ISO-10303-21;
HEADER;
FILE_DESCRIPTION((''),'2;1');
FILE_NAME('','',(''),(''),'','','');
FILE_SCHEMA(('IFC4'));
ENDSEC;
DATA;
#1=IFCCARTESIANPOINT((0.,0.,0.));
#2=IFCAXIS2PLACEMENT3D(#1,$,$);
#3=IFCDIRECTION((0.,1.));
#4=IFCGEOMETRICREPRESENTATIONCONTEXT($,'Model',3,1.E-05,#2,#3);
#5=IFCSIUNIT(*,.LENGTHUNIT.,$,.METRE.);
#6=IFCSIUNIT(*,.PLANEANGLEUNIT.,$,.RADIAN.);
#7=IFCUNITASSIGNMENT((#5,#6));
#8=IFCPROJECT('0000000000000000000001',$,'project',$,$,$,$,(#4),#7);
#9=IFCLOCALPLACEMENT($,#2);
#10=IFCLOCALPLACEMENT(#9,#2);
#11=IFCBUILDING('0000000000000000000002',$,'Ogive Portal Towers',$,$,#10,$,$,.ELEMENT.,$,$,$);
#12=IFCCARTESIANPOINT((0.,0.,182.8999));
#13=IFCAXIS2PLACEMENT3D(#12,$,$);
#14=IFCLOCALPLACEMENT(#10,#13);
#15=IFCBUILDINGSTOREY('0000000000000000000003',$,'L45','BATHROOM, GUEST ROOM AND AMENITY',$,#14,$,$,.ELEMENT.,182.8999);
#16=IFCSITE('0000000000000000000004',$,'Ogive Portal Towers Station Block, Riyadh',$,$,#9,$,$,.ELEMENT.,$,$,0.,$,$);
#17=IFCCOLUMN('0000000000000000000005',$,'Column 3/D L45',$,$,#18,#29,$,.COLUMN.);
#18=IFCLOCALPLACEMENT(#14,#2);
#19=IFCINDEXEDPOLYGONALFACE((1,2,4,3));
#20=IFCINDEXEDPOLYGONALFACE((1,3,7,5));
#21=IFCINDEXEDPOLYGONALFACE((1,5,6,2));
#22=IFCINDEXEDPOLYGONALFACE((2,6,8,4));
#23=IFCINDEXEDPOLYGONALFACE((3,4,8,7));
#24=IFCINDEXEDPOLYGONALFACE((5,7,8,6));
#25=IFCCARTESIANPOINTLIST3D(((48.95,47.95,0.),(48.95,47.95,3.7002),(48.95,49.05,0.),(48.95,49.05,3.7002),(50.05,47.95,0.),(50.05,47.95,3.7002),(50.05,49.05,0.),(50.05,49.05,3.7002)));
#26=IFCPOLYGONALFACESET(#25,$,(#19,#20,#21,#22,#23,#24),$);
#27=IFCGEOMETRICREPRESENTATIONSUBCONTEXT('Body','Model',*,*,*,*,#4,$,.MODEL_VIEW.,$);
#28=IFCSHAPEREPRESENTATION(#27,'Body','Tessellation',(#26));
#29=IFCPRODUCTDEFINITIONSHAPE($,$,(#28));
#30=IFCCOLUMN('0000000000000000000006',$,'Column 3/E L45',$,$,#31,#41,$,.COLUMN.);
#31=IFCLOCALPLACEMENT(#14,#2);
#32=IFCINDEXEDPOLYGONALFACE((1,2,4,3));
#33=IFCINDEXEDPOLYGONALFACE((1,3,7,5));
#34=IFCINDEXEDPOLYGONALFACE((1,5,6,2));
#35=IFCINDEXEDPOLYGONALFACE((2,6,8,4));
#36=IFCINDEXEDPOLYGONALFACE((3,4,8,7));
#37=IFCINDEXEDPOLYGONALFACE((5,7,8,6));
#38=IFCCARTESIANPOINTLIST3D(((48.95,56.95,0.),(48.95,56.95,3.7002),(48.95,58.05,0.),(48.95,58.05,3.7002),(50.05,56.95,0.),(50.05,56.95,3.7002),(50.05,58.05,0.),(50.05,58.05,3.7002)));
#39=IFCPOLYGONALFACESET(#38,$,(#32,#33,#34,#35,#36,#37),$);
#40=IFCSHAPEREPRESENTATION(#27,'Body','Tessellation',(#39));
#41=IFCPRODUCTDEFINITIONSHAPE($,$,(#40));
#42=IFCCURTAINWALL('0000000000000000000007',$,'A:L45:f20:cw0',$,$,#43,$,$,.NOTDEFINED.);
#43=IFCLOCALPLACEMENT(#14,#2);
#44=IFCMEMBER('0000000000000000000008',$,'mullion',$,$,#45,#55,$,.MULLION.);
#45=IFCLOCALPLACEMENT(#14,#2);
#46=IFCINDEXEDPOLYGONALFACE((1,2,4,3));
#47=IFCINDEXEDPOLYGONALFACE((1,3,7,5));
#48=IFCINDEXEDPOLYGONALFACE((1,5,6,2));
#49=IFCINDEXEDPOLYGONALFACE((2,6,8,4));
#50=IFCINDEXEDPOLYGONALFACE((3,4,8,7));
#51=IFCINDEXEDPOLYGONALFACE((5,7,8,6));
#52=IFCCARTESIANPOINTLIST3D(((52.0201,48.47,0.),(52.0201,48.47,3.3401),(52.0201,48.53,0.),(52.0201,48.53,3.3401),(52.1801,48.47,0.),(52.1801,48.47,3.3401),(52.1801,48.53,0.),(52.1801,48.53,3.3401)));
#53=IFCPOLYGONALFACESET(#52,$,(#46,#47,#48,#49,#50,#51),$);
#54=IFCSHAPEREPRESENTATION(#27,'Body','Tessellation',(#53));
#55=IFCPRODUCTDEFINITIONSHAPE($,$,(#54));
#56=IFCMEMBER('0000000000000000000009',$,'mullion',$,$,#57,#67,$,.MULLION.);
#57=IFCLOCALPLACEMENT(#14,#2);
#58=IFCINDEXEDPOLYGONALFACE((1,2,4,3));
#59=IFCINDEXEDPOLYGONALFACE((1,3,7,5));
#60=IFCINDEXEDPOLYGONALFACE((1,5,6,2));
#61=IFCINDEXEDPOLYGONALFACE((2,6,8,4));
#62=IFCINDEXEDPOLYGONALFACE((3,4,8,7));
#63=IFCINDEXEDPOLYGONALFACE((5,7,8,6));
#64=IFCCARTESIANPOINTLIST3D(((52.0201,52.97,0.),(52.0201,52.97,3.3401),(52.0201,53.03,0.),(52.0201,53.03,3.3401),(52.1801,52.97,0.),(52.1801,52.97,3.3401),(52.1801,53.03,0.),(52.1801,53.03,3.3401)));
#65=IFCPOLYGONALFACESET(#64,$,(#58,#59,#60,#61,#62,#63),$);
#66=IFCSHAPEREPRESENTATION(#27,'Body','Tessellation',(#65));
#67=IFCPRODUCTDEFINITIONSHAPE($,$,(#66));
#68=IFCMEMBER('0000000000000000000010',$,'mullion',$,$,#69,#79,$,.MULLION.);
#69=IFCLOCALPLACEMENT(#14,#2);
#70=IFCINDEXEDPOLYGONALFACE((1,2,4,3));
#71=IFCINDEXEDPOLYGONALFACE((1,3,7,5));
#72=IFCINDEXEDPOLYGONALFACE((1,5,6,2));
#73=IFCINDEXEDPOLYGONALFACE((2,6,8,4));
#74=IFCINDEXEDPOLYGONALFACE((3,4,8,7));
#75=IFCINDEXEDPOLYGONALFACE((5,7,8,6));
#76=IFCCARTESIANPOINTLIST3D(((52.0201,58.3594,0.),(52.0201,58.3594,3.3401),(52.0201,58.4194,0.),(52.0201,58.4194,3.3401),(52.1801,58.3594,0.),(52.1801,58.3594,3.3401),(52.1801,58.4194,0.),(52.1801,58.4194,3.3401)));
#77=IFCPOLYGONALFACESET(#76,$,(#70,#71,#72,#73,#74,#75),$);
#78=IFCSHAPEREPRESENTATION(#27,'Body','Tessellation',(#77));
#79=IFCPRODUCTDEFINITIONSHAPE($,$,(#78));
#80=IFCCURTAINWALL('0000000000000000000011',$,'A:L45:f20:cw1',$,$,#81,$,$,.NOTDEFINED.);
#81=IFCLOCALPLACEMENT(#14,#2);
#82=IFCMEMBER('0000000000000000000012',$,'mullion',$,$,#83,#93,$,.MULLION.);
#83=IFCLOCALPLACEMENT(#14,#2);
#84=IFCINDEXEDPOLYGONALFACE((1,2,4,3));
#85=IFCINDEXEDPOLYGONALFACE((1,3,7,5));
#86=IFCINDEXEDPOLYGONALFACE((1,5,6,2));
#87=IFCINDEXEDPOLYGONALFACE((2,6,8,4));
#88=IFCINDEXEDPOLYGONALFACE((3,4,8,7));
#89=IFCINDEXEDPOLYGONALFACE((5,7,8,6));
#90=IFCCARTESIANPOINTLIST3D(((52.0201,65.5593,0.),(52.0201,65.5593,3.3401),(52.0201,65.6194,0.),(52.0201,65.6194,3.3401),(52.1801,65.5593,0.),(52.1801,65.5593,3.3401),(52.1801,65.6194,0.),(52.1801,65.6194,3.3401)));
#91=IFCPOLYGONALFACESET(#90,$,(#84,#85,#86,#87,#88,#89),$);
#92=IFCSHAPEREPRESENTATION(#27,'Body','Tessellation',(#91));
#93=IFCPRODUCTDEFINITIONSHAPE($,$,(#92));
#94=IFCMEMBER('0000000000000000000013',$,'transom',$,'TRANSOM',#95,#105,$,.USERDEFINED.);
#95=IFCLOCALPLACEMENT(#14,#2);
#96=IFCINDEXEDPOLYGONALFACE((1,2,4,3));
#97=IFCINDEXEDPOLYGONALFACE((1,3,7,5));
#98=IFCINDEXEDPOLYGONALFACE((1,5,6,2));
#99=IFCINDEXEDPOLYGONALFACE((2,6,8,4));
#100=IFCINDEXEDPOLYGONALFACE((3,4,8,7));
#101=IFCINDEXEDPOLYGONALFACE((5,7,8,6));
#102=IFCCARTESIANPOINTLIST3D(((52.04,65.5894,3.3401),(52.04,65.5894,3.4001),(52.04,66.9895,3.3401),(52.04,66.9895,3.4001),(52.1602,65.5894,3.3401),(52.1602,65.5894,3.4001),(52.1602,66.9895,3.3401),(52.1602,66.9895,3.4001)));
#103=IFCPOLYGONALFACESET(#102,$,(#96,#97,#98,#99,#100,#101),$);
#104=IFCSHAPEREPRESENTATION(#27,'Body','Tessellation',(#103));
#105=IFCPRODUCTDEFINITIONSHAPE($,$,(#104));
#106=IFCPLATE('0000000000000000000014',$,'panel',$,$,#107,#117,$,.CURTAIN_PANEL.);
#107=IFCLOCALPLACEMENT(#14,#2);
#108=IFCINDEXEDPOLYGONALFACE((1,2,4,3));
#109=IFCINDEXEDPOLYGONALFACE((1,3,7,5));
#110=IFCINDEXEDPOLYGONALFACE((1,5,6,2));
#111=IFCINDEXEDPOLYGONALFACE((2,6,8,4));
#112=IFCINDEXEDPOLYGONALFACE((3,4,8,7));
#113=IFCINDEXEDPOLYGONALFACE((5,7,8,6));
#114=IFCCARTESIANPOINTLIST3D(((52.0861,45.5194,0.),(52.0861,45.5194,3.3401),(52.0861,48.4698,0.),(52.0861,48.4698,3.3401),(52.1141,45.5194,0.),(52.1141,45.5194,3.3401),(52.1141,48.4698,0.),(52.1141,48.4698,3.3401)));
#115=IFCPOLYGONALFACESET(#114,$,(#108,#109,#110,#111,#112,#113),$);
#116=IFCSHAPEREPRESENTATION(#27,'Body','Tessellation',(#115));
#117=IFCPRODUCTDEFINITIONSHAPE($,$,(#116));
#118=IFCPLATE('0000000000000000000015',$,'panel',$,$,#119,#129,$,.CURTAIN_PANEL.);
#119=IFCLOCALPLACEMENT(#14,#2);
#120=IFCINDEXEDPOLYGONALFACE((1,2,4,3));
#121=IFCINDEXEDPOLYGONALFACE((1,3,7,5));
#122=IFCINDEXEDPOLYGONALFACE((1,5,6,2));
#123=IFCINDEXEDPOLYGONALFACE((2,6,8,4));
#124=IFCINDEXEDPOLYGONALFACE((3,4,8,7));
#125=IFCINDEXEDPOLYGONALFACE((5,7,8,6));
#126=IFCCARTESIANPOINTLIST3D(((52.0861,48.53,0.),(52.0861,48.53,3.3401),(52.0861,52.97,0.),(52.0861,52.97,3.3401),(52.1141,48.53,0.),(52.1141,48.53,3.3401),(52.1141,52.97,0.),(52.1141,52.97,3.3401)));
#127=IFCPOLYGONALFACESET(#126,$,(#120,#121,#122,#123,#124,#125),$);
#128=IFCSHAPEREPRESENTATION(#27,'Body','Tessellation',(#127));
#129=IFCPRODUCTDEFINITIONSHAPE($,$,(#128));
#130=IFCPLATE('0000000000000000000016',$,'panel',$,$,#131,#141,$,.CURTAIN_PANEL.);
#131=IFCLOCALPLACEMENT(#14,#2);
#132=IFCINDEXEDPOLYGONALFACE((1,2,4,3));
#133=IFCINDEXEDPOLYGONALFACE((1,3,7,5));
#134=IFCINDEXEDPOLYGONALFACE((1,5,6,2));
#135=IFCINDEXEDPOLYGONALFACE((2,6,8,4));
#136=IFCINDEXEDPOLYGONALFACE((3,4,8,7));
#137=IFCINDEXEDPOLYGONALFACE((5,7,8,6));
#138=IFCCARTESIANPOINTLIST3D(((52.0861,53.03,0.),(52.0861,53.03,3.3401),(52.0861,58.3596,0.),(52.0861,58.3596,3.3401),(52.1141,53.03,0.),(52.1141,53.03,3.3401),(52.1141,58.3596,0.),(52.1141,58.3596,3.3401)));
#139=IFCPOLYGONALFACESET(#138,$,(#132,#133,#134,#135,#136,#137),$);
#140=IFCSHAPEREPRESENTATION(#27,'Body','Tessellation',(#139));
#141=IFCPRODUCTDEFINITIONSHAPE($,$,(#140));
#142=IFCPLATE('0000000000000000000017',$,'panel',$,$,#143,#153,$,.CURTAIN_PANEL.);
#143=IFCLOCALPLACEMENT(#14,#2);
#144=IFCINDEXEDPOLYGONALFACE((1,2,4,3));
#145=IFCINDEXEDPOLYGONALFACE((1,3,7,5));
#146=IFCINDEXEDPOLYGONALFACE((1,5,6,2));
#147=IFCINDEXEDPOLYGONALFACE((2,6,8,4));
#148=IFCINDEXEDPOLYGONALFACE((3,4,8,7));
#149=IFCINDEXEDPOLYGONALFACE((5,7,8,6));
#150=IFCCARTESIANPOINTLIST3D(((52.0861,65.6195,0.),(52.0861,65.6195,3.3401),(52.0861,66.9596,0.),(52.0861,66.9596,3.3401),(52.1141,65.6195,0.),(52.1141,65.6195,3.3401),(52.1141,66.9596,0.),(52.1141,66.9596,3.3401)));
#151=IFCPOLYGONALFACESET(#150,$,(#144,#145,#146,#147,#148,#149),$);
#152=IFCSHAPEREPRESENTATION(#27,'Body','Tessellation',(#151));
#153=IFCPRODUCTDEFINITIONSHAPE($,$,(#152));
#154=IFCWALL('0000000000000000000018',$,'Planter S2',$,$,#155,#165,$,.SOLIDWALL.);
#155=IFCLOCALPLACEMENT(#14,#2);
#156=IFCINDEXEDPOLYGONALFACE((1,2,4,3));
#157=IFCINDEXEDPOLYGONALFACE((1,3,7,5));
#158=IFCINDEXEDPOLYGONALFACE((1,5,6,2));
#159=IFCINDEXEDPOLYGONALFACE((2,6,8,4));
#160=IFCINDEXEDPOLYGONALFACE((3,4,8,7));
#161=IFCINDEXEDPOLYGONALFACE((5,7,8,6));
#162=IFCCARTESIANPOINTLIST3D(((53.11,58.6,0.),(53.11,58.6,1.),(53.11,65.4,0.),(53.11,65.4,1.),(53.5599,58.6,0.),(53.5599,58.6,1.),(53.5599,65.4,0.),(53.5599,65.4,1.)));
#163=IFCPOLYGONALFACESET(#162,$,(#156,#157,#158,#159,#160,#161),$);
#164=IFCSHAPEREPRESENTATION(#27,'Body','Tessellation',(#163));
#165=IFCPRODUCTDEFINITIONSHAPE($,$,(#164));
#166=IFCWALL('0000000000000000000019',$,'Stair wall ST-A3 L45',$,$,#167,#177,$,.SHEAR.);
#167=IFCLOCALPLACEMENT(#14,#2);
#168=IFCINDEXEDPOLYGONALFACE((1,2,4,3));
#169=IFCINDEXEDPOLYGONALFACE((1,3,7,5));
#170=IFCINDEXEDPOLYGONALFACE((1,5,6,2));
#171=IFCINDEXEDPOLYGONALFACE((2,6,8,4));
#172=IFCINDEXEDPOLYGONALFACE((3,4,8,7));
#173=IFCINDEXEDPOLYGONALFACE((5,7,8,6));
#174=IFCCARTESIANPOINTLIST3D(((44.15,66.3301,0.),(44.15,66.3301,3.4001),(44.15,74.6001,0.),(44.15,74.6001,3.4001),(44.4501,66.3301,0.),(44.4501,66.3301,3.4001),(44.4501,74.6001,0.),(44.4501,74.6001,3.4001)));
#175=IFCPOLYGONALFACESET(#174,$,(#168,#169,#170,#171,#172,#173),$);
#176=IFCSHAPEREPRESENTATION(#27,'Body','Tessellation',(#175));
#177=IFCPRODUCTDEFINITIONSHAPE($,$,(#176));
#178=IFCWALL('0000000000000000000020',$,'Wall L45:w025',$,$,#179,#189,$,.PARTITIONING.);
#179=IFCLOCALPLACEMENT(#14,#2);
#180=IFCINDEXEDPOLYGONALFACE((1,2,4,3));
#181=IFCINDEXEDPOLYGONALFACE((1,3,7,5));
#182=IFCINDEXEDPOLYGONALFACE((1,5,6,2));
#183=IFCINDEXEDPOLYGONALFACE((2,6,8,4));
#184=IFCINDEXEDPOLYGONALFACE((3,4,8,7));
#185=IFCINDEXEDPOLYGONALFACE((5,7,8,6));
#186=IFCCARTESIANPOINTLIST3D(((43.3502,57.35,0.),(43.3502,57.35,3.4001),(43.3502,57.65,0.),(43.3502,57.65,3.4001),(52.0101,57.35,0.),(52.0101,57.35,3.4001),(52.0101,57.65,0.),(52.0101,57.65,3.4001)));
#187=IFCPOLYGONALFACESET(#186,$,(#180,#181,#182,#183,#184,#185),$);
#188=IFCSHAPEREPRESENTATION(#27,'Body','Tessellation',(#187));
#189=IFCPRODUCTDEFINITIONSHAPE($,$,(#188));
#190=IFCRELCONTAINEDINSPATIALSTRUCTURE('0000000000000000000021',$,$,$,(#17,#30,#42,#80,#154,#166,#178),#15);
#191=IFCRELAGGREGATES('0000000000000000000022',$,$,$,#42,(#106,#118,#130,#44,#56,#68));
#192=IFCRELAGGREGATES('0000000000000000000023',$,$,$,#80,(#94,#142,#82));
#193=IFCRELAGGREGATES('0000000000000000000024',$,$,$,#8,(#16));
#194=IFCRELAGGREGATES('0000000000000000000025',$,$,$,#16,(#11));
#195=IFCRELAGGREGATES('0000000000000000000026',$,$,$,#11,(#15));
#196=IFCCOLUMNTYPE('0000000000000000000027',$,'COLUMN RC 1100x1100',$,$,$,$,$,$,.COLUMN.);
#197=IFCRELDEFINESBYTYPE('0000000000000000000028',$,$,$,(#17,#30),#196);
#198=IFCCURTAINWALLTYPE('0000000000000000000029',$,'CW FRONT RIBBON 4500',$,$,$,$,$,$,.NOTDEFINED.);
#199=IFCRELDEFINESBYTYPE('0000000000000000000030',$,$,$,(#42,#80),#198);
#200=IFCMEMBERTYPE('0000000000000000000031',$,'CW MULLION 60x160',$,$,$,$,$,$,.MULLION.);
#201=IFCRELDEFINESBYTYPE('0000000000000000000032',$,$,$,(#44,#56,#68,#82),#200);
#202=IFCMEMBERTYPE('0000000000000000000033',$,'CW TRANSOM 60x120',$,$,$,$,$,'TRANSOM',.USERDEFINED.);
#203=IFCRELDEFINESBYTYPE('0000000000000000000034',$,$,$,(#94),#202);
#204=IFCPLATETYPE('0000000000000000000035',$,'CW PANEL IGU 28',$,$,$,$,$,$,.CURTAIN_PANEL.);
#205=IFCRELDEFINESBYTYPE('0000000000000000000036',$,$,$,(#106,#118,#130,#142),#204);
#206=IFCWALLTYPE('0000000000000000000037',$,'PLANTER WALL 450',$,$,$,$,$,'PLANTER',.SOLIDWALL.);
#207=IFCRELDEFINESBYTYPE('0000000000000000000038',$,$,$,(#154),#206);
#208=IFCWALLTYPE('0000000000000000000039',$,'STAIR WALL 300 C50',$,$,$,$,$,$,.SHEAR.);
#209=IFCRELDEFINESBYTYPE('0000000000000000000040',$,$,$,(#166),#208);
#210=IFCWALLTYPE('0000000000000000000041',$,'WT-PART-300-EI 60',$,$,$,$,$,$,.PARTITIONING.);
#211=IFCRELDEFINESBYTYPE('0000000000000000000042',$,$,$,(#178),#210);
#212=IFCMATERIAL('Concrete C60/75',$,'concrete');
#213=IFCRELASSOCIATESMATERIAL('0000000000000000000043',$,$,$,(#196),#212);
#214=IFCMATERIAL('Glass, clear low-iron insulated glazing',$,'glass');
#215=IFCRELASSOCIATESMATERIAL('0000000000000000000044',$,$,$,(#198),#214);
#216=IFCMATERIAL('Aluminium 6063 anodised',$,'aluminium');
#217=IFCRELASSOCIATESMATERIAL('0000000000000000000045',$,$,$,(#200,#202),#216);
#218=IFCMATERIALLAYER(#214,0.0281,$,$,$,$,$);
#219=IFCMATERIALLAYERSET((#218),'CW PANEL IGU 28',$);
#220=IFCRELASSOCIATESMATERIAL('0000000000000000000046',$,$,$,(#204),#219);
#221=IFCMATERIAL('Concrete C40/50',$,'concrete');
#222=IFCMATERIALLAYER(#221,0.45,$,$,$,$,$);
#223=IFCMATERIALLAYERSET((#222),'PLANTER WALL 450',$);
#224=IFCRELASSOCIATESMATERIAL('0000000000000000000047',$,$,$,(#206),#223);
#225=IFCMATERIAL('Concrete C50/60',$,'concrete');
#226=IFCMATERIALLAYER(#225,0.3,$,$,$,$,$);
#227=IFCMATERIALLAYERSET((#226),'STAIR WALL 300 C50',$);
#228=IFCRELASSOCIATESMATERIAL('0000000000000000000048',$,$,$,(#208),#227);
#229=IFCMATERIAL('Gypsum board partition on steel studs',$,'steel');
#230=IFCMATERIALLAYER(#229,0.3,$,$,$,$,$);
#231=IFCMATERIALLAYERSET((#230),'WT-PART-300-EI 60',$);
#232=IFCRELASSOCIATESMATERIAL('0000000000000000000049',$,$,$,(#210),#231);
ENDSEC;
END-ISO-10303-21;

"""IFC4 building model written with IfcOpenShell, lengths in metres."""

from ifc_helpers import new_model, si_unit, direction, frame, frame_2d, origin, origin_2d, place, context, subcontext, project, spatial, rectangle, extrude, material, layer, layer_set, material_profile, profile_set, type_object, element, aggregate, save


model = new_model("IFC4")

# Units and contexts
model_context = context("Model", 3, precision=1e-05, world=origin(), true_north=direction((0.0, 1.0)))
body_context = subcontext(model_context, "Body", "Model", "MODEL_VIEW")
ifc_project = project(units=[si_unit("LENGTHUNIT", "METRE"), si_unit("PLANEANGLEUNIT", "RADIAN")], contexts=[model_context])

# Site, building, storey
site_placement = place(None, origin())
site = spatial("IfcSite", under=ifc_project, at=site_placement, Name="Ogive Portal Towers Station Block, Riyadh", CompositionType="ELEMENT", RefElevation=0.0)
building_placement = place(site_placement, origin())
building = spatial("IfcBuilding", under=site, at=building_placement, Name="Ogive Portal Towers", CompositionType="ELEMENT")
storey_placement = place(building_placement, frame((0.0, 0.0, 182.8999)))
storey = spatial("IfcBuildingStorey", under=building, at=storey_placement, Name="L45", Description="BATHROOM, GUEST ROOM AND AMENITY", CompositionType="ELEMENT", Elevation=182.8999)

# Columns
ifc_material_1 = material(Name="Concrete C60/75", Category="concrete")
ifc_material_profile_1 = material_profile(ifc_material_1, rectangle(XDim=1.1001, YDim=1.1001, at=origin_2d()), Name="RC 1100x1100")
ifc_profile_set_1 = profile_set([ifc_material_profile_1], Name="Concrete C60/75")
column_type = type_object("IfcColumnType", Name="COLUMN RC 1100x1100", PredefinedType="COLUMN", material=ifc_profile_set_1)
for number, where, z_axis, x_axis, name in (
    (1, (49.5, 48.5, 0.0), (0.0, 0.0, 1.0), (1.0, 0.0, 0.0), "Column 3/D L45"),
    (2, (49.5, 57.5, 0.0), (0.0, 0.0, 1.0), (1.0, 0.0, 0.0), "Column 3/E L45"),
):
    element("IfcColumn", number, at=place(storey_placement, frame(where, z_axis=z_axis, x_axis=x_axis)), inside=storey, type_object=column_type, Name=name, PredefinedType="COLUMN", context=body_context, shape_type="SweptSolid", body=[
        extrude(rectangle(XDim=1.1001, YDim=1.1001, at=origin_2d()), origin(), (0.0, 0.0, 1.0), 3.7002),
    ])

# Curtain walls, members
ifc_material_2 = material(Name="Glass, clear low-iron insulated glazing", Category="glass")
curtain_wall_type = type_object("IfcCurtainWallType", Name="CW FRONT RIBBON 4500", PredefinedType="NOTDEFINED", material=ifc_material_2)
curtain_wall_1_placement = place(storey_placement, origin())
curtain_wall_1 = element("IfcCurtainWall", 3, at=curtain_wall_1_placement, inside=storey, type_object=curtain_wall_type, Name="A:L45:f20:cw0", PredefinedType="NOTDEFINED")
ifc_material_3 = material(Name="Aluminium 6063 anodised", Category="aluminium")
ifc_material_profile_2 = material_profile(ifc_material_3, rectangle(XDim=0.1599, YDim=0.0601, at=origin_2d()), Name="AL 60x160")
ifc_profile_set_2 = profile_set([ifc_material_profile_2], Name="Aluminium 6063 anodised")
member_type_1 = type_object("IfcMemberType", Name="CW MULLION 60x160", PredefinedType="MULLION", material=ifc_profile_set_2)
member_1_placement = place(storey_placement, frame((52.1001, 48.5, 0.0), z_axis=(0.0, 0.0, 1.0), x_axis=(-1.0, 0.0, 0.0)))
member_1 = element("IfcMember", 4, at=member_1_placement, type_object=member_type_1, Name="mullion", PredefinedType="MULLION", context=body_context, shape_type="SweptSolid", body=[
    extrude(rectangle(XDim=0.1599, YDim=0.0601, at=origin_2d()), origin(), (0.0, 0.0, 1.0), 3.3401),
])
member_2_placement = place(storey_placement, frame((52.1001, 53.0, 0.0), z_axis=(0.0, 0.0, 1.0), x_axis=(-1.0, 0.0, 0.0)))
member_2 = element("IfcMember", 5, at=member_2_placement, type_object=member_type_1, Name="mullion", PredefinedType="MULLION", context=body_context, shape_type="SweptSolid", body=[
    extrude(rectangle(XDim=0.1599, YDim=0.0601, at=origin_2d()), origin(), (0.0, 0.0, 1.0), 3.3401),
])
member_3_placement = place(storey_placement, frame((52.1001, 58.3894, 0.0), z_axis=(0.0, 0.0, 1.0), x_axis=(-1.0, 0.0, 0.0)))
member_3 = element("IfcMember", 6, at=member_3_placement, type_object=member_type_1, Name="mullion", PredefinedType="MULLION", context=body_context, shape_type="SweptSolid", body=[
    extrude(rectangle(XDim=0.1599, YDim=0.0601, at=origin_2d()), origin(), (0.0, 0.0, 1.0), 3.3401),
])
curtain_wall_2_placement = place(storey_placement, origin())
curtain_wall_2 = element("IfcCurtainWall", 7, at=curtain_wall_2_placement, inside=storey, type_object=curtain_wall_type, Name="A:L45:f20:cw1", PredefinedType="NOTDEFINED")
member_4_placement = place(storey_placement, frame((52.1001, 65.5894, 0.0), z_axis=(0.0, 0.0, 1.0), x_axis=(-1.0, 0.0, 0.0)))
member_4 = element("IfcMember", 8, at=member_4_placement, type_object=member_type_1, Name="mullion", PredefinedType="MULLION", context=body_context, shape_type="SweptSolid", body=[
    extrude(rectangle(XDim=0.1599, YDim=0.0601, at=origin_2d()), origin(), (0.0, 0.0, 1.0), 3.3401),
])
ifc_material_profile_3 = material_profile(ifc_material_3, rectangle(XDim=0.1201, YDim=0.0601, at=origin_2d()), Name="AL 120x60")
ifc_profile_set_3 = profile_set([ifc_material_profile_3], Name="Aluminium 6063 anodised")
member_type_2 = type_object("IfcMemberType", Name="CW TRANSOM 60x120", ElementType="TRANSOM", PredefinedType="USERDEFINED", material=ifc_profile_set_3)
member_5_placement = place(storey_placement, frame((52.1001, 65.5894, 3.3701), z_axis=(0.0, 1.0, 0.0), x_axis=(-1.0, 0.0, 0.0)))
member_5 = element("IfcMember", 9, at=member_5_placement, type_object=member_type_2, Name="transom", ObjectType="TRANSOM", PredefinedType="USERDEFINED", context=body_context, shape_type="SweptSolid", body=[
    extrude(rectangle(XDim=0.1201, YDim=0.0601, at=origin_2d()), origin(), (0.0, 0.0, 1.0), 1.4001),
])

# Plates
ifc_layer_1 = layer(ifc_material_2, 0.0281)
ifc_layer_set_1 = layer_set([ifc_layer_1], Name="CW PANEL IGU 28")
plate_type = type_object("IfcPlateType", Name="CW PANEL IGU 28", PredefinedType="CURTAIN_PANEL", material=ifc_layer_set_1)
plate_1_placement = place(storey_placement, frame((52.1001, 46.9946, 0.0), z_axis=(0.0, 0.0, 1.0), x_axis=(0.0, 1.0, 0.0)))
plate_1 = element("IfcPlate", 10, at=plate_1_placement, type_object=plate_type, Name="panel", PredefinedType="CURTAIN_PANEL", context=body_context, shape_type="SweptSolid", body=[
    extrude(rectangle(XDim=2.9504, YDim=0.0281, at=origin_2d()), origin(), (0.0, 0.0, 1.0), 3.3401),
])
plate_2_placement = place(storey_placement, frame((52.1001, 50.75, 0.0), z_axis=(0.0, 0.0, 1.0), x_axis=(0.0, 1.0, 0.0)))
plate_2 = element("IfcPlate", 11, at=plate_2_placement, type_object=plate_type, Name="panel", PredefinedType="CURTAIN_PANEL", context=body_context, shape_type="SweptSolid", body=[
    extrude(rectangle(XDim=4.4399, YDim=0.0281, at=origin_2d()), origin(), (0.0, 0.0, 1.0), 3.3401),
])
plate_3_placement = place(storey_placement, frame((52.1001, 55.6948, 0.0), z_axis=(0.0, 0.0, 1.0), x_axis=(0.0, 1.0, 0.0)))
plate_3 = element("IfcPlate", 12, at=plate_3_placement, type_object=plate_type, Name="panel", PredefinedType="CURTAIN_PANEL", context=body_context, shape_type="SweptSolid", body=[
    extrude(rectangle(XDim=5.3296, YDim=0.0281, at=origin_2d()), origin(), (0.0, 0.0, 1.0), 3.3401),
])
aggregate(curtain_wall_1, [plate_1, plate_2, plate_3, member_1, member_2, member_3])
plate_4_placement = place(storey_placement, frame((52.1001, 66.2896, 0.0), z_axis=(0.0, 0.0, 1.0), x_axis=(0.0, 1.0, 0.0)))
plate_4 = element("IfcPlate", 13, at=plate_4_placement, type_object=plate_type, Name="panel", PredefinedType="CURTAIN_PANEL", context=body_context, shape_type="SweptSolid", body=[
    extrude(rectangle(XDim=1.3401, YDim=0.0281, at=origin_2d()), origin(), (0.0, 0.0, 1.0), 3.3401),
])
aggregate(curtain_wall_2, [member_5, plate_4, member_4])

# Walls
ifc_material_4 = material(Name="Concrete C40/50", Category="concrete")
ifc_layer_2 = layer(ifc_material_4, 0.45)
ifc_layer_set_2 = layer_set([ifc_layer_2], Name="PLANTER WALL 450")
wall_type_1 = type_object("IfcWallType", Name="PLANTER WALL 450", ElementType="PLANTER", PredefinedType="SOLIDWALL", material=ifc_layer_set_2)
wall_1_placement = place(storey_placement, frame((53.335, 62.0, 0.0), z_axis=(0.0, 0.0, 1.0), x_axis=(1.0, 0.0, 0.0)))
element("IfcWall", 14, at=wall_1_placement, inside=storey, type_object=wall_type_1, Name="Planter S2", PredefinedType="SOLIDWALL", context=body_context, shape_type="SweptSolid", body=[
    extrude(rectangle(XDim=0.45, YDim=6.8, at=origin_2d()), origin(), (0.0, 0.0, 1.0), 1.0),
])
ifc_material_5 = material(Name="Concrete C50/60", Category="concrete")
ifc_layer_3 = layer(ifc_material_5, 0.3)
ifc_layer_set_3 = layer_set([ifc_layer_3], Name="STAIR WALL 300 C50")
wall_type_2 = type_object("IfcWallType", Name="STAIR WALL 300 C50", PredefinedType="SHEAR", material=ifc_layer_set_3)
wall_2_placement = place(storey_placement, frame((44.3, 66.3301, 0.0), z_axis=(0.0, 0.0, 1.0), x_axis=(0.0, 1.0, 0.0)))
element("IfcWall", 15, at=wall_2_placement, inside=storey, type_object=wall_type_2, Name="Stair wall ST-A3 L45", PredefinedType="SHEAR", context=body_context, shape_type="SweptSolid", body=[
    extrude(rectangle(XDim=8.27, YDim=0.3, at=frame_2d((4.135, 0.0))), origin(), (0.0, 0.0, 1.0), 3.4001),
])
ifc_material_6 = material(Name="Gypsum board partition on steel studs", Category="steel")
ifc_layer_4 = layer(ifc_material_6, 0.3)
ifc_layer_set_4 = layer_set([ifc_layer_4], Name="WT-PART-300-EI 60")
wall_type_3 = type_object("IfcWallType", Name="WT-PART-300-EI 60", PredefinedType="PARTITIONING", material=ifc_layer_set_4)
wall_3_placement = place(storey_placement, frame((43.3501, 57.5, 0.0), z_axis=(0.0, 0.0, 1.0), x_axis=(1.0, 0.0, 0.0)))
element("IfcWall", 16, at=wall_3_placement, inside=storey, type_object=wall_type_3, Name="Wall L45:w025", PredefinedType="PARTITIONING", context=body_context, shape_type="SweptSolid", body=[
    extrude(rectangle(XDim=8.6599, YDim=0.3, at=frame_2d((4.3301, 0.0))), origin(), (0.0, 0.0, 1.0), 3.4001),
])

save(model, "model.ifc")
